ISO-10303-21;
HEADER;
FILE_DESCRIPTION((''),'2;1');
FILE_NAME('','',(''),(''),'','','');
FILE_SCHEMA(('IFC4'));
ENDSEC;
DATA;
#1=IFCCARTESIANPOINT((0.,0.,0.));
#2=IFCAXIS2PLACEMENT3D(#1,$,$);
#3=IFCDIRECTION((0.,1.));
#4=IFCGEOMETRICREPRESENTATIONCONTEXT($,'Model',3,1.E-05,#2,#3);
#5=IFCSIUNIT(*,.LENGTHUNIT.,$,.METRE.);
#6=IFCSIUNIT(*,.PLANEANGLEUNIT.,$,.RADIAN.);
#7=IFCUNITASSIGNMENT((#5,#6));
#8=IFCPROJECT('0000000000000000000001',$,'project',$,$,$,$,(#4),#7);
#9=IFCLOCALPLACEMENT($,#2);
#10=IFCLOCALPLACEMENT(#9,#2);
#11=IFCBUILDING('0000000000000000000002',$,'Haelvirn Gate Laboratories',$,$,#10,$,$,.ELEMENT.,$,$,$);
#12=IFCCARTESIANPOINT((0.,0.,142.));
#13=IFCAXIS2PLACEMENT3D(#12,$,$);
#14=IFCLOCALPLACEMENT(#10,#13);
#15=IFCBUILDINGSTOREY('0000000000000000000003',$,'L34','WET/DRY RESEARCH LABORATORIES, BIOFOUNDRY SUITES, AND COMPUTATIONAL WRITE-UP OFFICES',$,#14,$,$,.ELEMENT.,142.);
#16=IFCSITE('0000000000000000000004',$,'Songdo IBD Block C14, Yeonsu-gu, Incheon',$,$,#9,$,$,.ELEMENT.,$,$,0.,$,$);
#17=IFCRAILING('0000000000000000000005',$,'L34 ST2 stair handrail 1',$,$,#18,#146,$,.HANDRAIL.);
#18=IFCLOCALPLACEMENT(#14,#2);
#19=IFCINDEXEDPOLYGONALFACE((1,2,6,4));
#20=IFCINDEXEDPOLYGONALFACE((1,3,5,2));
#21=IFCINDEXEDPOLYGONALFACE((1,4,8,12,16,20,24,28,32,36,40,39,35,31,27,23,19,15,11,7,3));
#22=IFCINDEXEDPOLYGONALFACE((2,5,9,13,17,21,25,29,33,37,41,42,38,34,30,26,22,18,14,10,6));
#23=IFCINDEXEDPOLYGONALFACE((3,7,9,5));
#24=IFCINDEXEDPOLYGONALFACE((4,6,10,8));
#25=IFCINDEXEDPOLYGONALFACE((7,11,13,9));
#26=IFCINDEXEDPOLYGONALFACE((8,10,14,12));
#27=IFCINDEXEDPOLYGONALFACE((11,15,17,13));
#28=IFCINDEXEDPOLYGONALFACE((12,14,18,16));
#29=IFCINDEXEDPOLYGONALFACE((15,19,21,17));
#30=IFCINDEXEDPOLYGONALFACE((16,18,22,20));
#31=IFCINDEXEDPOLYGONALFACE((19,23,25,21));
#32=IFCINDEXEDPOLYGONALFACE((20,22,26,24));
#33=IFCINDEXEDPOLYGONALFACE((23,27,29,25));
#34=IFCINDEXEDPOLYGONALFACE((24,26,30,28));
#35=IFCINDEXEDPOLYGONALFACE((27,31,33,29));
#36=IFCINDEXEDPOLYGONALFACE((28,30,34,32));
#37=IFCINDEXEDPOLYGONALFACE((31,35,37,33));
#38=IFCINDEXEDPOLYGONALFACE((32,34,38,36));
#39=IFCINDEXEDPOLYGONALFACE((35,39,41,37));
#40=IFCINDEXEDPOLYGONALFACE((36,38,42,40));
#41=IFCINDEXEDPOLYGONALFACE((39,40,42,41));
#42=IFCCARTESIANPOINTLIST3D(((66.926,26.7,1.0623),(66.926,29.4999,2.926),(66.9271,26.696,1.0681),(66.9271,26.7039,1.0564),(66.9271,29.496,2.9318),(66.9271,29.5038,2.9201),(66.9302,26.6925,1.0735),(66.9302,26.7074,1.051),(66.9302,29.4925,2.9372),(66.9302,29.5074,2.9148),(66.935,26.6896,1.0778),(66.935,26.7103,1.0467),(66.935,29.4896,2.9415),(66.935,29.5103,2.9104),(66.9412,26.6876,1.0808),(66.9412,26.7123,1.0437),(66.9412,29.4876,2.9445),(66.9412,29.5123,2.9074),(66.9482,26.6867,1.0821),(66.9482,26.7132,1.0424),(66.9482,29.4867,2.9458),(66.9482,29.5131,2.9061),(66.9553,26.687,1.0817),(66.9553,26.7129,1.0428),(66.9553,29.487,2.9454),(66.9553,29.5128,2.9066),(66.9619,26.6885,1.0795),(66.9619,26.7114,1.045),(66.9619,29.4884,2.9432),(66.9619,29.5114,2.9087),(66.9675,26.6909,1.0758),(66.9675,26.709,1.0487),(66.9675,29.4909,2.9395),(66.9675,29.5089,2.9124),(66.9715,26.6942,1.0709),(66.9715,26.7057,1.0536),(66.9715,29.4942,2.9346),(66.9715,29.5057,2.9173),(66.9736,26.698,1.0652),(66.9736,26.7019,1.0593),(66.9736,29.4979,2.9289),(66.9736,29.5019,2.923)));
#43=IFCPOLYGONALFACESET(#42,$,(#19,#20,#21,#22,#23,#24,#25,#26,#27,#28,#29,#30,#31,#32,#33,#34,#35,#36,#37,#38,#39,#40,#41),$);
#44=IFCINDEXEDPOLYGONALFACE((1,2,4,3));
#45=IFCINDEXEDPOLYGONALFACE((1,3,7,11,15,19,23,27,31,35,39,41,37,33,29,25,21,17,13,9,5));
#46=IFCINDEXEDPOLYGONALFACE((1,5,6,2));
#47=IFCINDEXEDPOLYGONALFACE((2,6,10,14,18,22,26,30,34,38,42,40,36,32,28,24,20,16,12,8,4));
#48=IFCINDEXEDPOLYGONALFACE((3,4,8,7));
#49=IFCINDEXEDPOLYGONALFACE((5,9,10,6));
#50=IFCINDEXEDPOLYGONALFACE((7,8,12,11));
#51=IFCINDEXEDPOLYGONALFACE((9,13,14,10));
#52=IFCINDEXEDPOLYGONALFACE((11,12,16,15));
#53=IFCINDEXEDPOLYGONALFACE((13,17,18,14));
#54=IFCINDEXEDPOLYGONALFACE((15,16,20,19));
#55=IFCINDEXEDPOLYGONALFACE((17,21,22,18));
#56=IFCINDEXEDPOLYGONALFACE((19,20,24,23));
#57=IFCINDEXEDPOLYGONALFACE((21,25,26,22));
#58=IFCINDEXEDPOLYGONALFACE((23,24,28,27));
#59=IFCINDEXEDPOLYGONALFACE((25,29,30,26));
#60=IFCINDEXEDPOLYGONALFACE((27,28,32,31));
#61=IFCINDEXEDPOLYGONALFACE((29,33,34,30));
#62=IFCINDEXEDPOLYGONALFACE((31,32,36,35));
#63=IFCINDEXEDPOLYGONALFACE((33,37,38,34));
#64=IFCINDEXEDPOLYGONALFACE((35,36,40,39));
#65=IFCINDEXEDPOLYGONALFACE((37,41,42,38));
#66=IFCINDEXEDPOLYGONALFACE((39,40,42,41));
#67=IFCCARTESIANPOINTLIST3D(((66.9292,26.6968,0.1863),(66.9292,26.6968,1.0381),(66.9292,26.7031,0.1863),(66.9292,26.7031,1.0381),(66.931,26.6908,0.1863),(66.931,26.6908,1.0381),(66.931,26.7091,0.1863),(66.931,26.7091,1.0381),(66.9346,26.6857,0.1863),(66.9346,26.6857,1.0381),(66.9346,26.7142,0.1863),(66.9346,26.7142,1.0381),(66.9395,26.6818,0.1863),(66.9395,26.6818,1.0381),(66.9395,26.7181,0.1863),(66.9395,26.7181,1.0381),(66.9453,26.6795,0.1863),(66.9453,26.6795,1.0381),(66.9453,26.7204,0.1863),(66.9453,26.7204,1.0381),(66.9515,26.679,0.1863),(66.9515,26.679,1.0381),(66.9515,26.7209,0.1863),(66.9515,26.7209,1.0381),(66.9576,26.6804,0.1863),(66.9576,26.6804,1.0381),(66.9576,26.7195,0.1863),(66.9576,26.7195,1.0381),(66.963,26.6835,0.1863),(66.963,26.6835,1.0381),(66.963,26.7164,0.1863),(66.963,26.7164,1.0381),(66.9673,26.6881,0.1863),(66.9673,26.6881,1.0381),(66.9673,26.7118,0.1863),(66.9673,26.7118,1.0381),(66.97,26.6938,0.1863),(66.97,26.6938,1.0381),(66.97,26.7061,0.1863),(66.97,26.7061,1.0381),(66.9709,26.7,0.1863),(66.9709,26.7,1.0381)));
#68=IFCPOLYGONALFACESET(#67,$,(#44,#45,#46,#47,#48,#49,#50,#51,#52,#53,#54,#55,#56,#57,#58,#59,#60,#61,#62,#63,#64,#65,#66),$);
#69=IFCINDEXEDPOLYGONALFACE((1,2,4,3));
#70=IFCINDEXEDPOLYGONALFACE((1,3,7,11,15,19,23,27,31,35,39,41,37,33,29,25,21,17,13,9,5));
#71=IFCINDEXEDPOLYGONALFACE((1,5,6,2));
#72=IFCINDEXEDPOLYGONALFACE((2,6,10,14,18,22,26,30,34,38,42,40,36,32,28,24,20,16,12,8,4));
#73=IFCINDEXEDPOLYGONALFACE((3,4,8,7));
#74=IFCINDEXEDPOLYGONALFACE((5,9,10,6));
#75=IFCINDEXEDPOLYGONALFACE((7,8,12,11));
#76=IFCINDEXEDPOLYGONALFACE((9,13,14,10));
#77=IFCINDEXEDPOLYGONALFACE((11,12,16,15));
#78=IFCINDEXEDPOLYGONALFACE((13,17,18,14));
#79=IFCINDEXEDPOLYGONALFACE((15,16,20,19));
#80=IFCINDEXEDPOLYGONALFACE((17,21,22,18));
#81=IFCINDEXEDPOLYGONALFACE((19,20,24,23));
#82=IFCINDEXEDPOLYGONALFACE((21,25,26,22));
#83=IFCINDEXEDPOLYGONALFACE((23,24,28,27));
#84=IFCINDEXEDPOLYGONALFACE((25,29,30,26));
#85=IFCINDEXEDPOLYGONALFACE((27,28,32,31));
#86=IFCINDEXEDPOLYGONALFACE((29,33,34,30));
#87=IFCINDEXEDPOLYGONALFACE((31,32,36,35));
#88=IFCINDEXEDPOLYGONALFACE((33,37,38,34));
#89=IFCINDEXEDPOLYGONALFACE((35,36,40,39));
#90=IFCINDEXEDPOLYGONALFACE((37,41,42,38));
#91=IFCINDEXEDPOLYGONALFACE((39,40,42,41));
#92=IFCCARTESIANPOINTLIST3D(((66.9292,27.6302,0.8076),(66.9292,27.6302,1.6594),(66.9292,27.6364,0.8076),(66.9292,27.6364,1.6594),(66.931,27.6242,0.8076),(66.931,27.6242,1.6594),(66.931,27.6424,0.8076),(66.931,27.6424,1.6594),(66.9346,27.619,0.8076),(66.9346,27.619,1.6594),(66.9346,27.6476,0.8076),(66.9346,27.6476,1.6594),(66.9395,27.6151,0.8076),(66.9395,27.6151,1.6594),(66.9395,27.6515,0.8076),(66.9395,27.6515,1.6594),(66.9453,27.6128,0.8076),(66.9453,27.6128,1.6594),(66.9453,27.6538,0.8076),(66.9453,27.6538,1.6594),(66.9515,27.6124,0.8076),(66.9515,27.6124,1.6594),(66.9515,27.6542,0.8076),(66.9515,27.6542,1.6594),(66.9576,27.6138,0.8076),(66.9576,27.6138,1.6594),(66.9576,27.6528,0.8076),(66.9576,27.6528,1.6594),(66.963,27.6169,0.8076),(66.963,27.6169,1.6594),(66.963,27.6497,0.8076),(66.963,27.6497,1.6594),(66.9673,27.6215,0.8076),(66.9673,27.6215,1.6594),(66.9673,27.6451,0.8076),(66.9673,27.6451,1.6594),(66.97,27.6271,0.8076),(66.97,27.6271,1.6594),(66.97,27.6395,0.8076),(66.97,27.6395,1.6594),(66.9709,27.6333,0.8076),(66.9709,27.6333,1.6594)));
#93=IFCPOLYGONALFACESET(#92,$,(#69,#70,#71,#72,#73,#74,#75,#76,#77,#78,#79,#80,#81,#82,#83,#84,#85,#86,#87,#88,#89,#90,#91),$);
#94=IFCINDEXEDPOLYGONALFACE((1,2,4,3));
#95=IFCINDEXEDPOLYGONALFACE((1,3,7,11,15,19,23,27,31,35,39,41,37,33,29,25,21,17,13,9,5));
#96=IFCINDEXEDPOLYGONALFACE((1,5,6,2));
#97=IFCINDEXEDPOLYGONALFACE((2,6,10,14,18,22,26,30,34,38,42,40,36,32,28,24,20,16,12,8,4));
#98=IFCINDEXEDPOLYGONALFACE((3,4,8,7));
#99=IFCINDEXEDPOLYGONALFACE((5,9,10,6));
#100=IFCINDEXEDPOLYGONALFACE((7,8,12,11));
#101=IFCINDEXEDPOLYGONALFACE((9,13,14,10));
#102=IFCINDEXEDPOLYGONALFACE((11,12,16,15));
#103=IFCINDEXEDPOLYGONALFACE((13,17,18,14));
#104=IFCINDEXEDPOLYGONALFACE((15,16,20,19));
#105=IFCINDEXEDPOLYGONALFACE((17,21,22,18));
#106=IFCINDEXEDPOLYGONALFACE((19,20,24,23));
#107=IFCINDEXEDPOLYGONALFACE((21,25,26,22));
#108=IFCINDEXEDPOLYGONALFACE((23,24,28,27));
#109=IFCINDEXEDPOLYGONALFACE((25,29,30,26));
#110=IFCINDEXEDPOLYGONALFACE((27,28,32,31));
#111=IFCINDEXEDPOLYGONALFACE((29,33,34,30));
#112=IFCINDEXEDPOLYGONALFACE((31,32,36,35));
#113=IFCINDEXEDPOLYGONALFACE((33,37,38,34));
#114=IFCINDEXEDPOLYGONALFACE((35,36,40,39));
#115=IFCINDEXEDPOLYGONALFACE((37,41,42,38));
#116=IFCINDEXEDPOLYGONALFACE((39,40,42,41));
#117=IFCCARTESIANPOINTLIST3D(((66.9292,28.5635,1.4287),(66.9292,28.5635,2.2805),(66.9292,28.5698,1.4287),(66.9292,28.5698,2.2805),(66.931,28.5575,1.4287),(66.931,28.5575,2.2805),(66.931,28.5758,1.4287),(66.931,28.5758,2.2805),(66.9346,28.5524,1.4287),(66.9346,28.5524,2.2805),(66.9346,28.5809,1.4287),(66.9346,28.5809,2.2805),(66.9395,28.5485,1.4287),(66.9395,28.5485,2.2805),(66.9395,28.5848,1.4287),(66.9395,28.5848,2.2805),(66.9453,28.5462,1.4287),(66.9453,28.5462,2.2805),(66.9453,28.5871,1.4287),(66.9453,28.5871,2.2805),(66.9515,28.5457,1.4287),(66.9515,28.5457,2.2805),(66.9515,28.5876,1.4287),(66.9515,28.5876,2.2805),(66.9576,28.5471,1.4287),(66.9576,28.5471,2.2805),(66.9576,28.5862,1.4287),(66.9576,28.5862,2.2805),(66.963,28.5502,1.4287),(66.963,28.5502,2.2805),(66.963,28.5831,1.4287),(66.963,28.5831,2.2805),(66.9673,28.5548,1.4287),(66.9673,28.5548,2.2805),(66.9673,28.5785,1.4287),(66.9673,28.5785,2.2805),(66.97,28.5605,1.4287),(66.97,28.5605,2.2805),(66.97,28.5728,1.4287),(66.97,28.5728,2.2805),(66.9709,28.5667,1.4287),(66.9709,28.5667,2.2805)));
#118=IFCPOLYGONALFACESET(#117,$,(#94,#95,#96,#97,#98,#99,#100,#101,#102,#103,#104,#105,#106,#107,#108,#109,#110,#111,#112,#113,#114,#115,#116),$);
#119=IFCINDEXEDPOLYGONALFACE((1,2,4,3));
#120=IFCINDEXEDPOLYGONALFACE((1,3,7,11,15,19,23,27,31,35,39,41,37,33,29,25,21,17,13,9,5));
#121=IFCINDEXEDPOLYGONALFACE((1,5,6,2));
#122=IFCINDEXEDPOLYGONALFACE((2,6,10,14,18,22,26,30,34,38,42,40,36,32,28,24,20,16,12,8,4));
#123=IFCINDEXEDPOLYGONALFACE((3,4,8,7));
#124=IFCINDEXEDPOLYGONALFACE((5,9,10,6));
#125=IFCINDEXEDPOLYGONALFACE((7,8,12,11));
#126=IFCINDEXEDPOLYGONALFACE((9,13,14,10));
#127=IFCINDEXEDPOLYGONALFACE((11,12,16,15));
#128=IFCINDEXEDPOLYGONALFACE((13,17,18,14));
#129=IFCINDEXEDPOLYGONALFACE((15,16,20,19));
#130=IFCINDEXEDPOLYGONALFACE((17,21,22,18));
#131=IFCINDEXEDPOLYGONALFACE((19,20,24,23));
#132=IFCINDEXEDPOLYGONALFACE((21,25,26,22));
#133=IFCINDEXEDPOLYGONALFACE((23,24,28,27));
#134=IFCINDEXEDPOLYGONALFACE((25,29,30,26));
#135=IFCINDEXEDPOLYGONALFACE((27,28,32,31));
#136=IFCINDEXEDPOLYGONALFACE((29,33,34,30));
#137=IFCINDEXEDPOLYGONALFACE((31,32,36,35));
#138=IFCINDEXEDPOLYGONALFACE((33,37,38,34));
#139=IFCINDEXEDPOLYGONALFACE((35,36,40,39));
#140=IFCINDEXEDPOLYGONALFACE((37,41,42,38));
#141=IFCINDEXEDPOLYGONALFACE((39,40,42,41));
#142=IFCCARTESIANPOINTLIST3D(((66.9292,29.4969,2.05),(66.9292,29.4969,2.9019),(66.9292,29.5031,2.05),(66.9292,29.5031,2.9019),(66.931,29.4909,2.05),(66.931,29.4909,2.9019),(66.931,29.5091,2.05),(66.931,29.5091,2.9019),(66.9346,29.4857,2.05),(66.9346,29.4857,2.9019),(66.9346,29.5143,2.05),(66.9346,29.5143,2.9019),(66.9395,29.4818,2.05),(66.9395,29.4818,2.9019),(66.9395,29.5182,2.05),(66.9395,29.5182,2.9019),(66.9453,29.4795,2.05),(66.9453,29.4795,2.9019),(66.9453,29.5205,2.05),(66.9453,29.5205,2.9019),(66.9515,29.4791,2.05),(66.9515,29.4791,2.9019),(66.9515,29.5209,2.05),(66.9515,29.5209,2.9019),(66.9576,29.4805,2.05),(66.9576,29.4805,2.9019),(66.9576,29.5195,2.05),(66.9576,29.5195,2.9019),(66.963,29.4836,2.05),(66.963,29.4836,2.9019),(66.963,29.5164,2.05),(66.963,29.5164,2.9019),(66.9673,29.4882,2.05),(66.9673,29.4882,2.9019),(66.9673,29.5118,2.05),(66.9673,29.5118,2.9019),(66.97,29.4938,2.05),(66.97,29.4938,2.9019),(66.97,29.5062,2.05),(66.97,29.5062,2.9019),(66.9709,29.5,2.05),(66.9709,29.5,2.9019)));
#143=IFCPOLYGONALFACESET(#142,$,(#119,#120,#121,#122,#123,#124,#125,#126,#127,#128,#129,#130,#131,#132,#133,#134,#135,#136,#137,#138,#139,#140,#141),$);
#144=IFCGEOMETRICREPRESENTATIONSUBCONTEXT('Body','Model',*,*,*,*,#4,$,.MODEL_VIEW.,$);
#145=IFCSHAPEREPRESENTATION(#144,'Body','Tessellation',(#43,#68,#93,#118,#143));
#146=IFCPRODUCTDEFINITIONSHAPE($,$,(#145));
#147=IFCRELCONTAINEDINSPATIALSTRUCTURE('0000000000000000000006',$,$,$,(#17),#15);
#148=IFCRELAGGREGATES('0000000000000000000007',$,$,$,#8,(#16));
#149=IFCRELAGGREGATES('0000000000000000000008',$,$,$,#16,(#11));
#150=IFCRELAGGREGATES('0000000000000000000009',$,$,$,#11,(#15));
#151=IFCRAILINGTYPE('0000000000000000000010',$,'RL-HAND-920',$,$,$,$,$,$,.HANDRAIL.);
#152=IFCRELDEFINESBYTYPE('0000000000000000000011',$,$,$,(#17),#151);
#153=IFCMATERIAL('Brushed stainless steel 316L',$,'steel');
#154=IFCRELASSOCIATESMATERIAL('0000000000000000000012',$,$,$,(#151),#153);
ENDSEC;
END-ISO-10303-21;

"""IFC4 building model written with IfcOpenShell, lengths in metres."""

from ifc_helpers import new_model, si_unit, direction, frame, origin, origin_2d, place, context, subcontext, project, spatial, circle, extrude, source, transform, mapped, material, type_object, element, save


model = new_model("IFC4")

# Units and contexts
model_context = context("Model", 3, precision=1e-05, world=origin(), true_north=direction((0.0, 1.0)))
body_context = subcontext(model_context, "Body", "Model", "MODEL_VIEW")
ifc_project = project(units=[si_unit("LENGTHUNIT", "METRE"), si_unit("PLANEANGLEUNIT", "RADIAN")], contexts=[model_context])

# Site, building, storey
site_placement = place(None, origin())
site = spatial("IfcSite", under=ifc_project, at=site_placement, Name="Songdo IBD Block C14, Yeonsu-gu, Incheon", CompositionType="ELEMENT", RefElevation=0.0)
building_placement = place(site_placement, origin())
building = spatial("IfcBuilding", under=site, at=building_placement, Name="Haelvirn Gate Laboratories", CompositionType="ELEMENT")
storey_placement = place(building_placement, frame((0.0, 0.0, 142.0)))
storey = spatial("IfcBuildingStorey", under=building, at=storey_placement, Name="L34", Description="WET/DRY RESEARCH LABORATORIES, BIOFOUNDRY SUITES, AND COMPUTATIONAL WRITE-UP OFFICES", CompositionType="ELEMENT", Elevation=142.0)

# Railing
ifc_material_1 = material(Name="Brushed stainless steel 316L", Category="steel")
railing_type_1 = type_object("IfcRailingType", Name="RL-HAND-920", PredefinedType="HANDRAIL", material=ifc_material_1)
shared_shape_1 = source(origin(), body_context, "Body", "SweptSolid", [
    extrude(circle(Radius=0.0239, at=origin_2d()), frame((0.0, 0.0, 0.876), z_axis=(0.0, 0.832452, 0.554097), x_axis=(-1.0, 0.0, 0.0)), (0.0, 0.0, 1.0), 3.3635),
    extrude(circle(Radius=0.021, at=origin_2d()), origin(), (0.0, 0.0, 1.0), 0.8518),
    extrude(circle(Radius=0.021, at=origin_2d()), frame((0.0, 0.9333, 0.6213)), (0.0, 0.0, 1.0), 0.8518),
    extrude(circle(Radius=0.021, at=origin_2d()), frame((0.0, 1.8667, 1.2424)), (0.0, 0.0, 1.0), 0.8518),
    extrude(circle(Radius=0.021, at=origin_2d()), frame((0.0, 2.8, 1.8638)), (0.0, 0.0, 1.0), 0.8518),
])
railing_1_placement = place(storey_placement, frame((66.95, 26.7, 0.1863)))
element("IfcRailing", 1, at=railing_1_placement, inside=storey, type_object=railing_type_1, Name="L34 ST2 stair handrail 1", PredefinedType="HANDRAIL", context=body_context, shape_type="MappedRepresentation", body=[
    mapped(shared_shape_1, transform((0.0, 0.0, 0.0), scale=1.0)),
])

save(model, "model.ifc")
